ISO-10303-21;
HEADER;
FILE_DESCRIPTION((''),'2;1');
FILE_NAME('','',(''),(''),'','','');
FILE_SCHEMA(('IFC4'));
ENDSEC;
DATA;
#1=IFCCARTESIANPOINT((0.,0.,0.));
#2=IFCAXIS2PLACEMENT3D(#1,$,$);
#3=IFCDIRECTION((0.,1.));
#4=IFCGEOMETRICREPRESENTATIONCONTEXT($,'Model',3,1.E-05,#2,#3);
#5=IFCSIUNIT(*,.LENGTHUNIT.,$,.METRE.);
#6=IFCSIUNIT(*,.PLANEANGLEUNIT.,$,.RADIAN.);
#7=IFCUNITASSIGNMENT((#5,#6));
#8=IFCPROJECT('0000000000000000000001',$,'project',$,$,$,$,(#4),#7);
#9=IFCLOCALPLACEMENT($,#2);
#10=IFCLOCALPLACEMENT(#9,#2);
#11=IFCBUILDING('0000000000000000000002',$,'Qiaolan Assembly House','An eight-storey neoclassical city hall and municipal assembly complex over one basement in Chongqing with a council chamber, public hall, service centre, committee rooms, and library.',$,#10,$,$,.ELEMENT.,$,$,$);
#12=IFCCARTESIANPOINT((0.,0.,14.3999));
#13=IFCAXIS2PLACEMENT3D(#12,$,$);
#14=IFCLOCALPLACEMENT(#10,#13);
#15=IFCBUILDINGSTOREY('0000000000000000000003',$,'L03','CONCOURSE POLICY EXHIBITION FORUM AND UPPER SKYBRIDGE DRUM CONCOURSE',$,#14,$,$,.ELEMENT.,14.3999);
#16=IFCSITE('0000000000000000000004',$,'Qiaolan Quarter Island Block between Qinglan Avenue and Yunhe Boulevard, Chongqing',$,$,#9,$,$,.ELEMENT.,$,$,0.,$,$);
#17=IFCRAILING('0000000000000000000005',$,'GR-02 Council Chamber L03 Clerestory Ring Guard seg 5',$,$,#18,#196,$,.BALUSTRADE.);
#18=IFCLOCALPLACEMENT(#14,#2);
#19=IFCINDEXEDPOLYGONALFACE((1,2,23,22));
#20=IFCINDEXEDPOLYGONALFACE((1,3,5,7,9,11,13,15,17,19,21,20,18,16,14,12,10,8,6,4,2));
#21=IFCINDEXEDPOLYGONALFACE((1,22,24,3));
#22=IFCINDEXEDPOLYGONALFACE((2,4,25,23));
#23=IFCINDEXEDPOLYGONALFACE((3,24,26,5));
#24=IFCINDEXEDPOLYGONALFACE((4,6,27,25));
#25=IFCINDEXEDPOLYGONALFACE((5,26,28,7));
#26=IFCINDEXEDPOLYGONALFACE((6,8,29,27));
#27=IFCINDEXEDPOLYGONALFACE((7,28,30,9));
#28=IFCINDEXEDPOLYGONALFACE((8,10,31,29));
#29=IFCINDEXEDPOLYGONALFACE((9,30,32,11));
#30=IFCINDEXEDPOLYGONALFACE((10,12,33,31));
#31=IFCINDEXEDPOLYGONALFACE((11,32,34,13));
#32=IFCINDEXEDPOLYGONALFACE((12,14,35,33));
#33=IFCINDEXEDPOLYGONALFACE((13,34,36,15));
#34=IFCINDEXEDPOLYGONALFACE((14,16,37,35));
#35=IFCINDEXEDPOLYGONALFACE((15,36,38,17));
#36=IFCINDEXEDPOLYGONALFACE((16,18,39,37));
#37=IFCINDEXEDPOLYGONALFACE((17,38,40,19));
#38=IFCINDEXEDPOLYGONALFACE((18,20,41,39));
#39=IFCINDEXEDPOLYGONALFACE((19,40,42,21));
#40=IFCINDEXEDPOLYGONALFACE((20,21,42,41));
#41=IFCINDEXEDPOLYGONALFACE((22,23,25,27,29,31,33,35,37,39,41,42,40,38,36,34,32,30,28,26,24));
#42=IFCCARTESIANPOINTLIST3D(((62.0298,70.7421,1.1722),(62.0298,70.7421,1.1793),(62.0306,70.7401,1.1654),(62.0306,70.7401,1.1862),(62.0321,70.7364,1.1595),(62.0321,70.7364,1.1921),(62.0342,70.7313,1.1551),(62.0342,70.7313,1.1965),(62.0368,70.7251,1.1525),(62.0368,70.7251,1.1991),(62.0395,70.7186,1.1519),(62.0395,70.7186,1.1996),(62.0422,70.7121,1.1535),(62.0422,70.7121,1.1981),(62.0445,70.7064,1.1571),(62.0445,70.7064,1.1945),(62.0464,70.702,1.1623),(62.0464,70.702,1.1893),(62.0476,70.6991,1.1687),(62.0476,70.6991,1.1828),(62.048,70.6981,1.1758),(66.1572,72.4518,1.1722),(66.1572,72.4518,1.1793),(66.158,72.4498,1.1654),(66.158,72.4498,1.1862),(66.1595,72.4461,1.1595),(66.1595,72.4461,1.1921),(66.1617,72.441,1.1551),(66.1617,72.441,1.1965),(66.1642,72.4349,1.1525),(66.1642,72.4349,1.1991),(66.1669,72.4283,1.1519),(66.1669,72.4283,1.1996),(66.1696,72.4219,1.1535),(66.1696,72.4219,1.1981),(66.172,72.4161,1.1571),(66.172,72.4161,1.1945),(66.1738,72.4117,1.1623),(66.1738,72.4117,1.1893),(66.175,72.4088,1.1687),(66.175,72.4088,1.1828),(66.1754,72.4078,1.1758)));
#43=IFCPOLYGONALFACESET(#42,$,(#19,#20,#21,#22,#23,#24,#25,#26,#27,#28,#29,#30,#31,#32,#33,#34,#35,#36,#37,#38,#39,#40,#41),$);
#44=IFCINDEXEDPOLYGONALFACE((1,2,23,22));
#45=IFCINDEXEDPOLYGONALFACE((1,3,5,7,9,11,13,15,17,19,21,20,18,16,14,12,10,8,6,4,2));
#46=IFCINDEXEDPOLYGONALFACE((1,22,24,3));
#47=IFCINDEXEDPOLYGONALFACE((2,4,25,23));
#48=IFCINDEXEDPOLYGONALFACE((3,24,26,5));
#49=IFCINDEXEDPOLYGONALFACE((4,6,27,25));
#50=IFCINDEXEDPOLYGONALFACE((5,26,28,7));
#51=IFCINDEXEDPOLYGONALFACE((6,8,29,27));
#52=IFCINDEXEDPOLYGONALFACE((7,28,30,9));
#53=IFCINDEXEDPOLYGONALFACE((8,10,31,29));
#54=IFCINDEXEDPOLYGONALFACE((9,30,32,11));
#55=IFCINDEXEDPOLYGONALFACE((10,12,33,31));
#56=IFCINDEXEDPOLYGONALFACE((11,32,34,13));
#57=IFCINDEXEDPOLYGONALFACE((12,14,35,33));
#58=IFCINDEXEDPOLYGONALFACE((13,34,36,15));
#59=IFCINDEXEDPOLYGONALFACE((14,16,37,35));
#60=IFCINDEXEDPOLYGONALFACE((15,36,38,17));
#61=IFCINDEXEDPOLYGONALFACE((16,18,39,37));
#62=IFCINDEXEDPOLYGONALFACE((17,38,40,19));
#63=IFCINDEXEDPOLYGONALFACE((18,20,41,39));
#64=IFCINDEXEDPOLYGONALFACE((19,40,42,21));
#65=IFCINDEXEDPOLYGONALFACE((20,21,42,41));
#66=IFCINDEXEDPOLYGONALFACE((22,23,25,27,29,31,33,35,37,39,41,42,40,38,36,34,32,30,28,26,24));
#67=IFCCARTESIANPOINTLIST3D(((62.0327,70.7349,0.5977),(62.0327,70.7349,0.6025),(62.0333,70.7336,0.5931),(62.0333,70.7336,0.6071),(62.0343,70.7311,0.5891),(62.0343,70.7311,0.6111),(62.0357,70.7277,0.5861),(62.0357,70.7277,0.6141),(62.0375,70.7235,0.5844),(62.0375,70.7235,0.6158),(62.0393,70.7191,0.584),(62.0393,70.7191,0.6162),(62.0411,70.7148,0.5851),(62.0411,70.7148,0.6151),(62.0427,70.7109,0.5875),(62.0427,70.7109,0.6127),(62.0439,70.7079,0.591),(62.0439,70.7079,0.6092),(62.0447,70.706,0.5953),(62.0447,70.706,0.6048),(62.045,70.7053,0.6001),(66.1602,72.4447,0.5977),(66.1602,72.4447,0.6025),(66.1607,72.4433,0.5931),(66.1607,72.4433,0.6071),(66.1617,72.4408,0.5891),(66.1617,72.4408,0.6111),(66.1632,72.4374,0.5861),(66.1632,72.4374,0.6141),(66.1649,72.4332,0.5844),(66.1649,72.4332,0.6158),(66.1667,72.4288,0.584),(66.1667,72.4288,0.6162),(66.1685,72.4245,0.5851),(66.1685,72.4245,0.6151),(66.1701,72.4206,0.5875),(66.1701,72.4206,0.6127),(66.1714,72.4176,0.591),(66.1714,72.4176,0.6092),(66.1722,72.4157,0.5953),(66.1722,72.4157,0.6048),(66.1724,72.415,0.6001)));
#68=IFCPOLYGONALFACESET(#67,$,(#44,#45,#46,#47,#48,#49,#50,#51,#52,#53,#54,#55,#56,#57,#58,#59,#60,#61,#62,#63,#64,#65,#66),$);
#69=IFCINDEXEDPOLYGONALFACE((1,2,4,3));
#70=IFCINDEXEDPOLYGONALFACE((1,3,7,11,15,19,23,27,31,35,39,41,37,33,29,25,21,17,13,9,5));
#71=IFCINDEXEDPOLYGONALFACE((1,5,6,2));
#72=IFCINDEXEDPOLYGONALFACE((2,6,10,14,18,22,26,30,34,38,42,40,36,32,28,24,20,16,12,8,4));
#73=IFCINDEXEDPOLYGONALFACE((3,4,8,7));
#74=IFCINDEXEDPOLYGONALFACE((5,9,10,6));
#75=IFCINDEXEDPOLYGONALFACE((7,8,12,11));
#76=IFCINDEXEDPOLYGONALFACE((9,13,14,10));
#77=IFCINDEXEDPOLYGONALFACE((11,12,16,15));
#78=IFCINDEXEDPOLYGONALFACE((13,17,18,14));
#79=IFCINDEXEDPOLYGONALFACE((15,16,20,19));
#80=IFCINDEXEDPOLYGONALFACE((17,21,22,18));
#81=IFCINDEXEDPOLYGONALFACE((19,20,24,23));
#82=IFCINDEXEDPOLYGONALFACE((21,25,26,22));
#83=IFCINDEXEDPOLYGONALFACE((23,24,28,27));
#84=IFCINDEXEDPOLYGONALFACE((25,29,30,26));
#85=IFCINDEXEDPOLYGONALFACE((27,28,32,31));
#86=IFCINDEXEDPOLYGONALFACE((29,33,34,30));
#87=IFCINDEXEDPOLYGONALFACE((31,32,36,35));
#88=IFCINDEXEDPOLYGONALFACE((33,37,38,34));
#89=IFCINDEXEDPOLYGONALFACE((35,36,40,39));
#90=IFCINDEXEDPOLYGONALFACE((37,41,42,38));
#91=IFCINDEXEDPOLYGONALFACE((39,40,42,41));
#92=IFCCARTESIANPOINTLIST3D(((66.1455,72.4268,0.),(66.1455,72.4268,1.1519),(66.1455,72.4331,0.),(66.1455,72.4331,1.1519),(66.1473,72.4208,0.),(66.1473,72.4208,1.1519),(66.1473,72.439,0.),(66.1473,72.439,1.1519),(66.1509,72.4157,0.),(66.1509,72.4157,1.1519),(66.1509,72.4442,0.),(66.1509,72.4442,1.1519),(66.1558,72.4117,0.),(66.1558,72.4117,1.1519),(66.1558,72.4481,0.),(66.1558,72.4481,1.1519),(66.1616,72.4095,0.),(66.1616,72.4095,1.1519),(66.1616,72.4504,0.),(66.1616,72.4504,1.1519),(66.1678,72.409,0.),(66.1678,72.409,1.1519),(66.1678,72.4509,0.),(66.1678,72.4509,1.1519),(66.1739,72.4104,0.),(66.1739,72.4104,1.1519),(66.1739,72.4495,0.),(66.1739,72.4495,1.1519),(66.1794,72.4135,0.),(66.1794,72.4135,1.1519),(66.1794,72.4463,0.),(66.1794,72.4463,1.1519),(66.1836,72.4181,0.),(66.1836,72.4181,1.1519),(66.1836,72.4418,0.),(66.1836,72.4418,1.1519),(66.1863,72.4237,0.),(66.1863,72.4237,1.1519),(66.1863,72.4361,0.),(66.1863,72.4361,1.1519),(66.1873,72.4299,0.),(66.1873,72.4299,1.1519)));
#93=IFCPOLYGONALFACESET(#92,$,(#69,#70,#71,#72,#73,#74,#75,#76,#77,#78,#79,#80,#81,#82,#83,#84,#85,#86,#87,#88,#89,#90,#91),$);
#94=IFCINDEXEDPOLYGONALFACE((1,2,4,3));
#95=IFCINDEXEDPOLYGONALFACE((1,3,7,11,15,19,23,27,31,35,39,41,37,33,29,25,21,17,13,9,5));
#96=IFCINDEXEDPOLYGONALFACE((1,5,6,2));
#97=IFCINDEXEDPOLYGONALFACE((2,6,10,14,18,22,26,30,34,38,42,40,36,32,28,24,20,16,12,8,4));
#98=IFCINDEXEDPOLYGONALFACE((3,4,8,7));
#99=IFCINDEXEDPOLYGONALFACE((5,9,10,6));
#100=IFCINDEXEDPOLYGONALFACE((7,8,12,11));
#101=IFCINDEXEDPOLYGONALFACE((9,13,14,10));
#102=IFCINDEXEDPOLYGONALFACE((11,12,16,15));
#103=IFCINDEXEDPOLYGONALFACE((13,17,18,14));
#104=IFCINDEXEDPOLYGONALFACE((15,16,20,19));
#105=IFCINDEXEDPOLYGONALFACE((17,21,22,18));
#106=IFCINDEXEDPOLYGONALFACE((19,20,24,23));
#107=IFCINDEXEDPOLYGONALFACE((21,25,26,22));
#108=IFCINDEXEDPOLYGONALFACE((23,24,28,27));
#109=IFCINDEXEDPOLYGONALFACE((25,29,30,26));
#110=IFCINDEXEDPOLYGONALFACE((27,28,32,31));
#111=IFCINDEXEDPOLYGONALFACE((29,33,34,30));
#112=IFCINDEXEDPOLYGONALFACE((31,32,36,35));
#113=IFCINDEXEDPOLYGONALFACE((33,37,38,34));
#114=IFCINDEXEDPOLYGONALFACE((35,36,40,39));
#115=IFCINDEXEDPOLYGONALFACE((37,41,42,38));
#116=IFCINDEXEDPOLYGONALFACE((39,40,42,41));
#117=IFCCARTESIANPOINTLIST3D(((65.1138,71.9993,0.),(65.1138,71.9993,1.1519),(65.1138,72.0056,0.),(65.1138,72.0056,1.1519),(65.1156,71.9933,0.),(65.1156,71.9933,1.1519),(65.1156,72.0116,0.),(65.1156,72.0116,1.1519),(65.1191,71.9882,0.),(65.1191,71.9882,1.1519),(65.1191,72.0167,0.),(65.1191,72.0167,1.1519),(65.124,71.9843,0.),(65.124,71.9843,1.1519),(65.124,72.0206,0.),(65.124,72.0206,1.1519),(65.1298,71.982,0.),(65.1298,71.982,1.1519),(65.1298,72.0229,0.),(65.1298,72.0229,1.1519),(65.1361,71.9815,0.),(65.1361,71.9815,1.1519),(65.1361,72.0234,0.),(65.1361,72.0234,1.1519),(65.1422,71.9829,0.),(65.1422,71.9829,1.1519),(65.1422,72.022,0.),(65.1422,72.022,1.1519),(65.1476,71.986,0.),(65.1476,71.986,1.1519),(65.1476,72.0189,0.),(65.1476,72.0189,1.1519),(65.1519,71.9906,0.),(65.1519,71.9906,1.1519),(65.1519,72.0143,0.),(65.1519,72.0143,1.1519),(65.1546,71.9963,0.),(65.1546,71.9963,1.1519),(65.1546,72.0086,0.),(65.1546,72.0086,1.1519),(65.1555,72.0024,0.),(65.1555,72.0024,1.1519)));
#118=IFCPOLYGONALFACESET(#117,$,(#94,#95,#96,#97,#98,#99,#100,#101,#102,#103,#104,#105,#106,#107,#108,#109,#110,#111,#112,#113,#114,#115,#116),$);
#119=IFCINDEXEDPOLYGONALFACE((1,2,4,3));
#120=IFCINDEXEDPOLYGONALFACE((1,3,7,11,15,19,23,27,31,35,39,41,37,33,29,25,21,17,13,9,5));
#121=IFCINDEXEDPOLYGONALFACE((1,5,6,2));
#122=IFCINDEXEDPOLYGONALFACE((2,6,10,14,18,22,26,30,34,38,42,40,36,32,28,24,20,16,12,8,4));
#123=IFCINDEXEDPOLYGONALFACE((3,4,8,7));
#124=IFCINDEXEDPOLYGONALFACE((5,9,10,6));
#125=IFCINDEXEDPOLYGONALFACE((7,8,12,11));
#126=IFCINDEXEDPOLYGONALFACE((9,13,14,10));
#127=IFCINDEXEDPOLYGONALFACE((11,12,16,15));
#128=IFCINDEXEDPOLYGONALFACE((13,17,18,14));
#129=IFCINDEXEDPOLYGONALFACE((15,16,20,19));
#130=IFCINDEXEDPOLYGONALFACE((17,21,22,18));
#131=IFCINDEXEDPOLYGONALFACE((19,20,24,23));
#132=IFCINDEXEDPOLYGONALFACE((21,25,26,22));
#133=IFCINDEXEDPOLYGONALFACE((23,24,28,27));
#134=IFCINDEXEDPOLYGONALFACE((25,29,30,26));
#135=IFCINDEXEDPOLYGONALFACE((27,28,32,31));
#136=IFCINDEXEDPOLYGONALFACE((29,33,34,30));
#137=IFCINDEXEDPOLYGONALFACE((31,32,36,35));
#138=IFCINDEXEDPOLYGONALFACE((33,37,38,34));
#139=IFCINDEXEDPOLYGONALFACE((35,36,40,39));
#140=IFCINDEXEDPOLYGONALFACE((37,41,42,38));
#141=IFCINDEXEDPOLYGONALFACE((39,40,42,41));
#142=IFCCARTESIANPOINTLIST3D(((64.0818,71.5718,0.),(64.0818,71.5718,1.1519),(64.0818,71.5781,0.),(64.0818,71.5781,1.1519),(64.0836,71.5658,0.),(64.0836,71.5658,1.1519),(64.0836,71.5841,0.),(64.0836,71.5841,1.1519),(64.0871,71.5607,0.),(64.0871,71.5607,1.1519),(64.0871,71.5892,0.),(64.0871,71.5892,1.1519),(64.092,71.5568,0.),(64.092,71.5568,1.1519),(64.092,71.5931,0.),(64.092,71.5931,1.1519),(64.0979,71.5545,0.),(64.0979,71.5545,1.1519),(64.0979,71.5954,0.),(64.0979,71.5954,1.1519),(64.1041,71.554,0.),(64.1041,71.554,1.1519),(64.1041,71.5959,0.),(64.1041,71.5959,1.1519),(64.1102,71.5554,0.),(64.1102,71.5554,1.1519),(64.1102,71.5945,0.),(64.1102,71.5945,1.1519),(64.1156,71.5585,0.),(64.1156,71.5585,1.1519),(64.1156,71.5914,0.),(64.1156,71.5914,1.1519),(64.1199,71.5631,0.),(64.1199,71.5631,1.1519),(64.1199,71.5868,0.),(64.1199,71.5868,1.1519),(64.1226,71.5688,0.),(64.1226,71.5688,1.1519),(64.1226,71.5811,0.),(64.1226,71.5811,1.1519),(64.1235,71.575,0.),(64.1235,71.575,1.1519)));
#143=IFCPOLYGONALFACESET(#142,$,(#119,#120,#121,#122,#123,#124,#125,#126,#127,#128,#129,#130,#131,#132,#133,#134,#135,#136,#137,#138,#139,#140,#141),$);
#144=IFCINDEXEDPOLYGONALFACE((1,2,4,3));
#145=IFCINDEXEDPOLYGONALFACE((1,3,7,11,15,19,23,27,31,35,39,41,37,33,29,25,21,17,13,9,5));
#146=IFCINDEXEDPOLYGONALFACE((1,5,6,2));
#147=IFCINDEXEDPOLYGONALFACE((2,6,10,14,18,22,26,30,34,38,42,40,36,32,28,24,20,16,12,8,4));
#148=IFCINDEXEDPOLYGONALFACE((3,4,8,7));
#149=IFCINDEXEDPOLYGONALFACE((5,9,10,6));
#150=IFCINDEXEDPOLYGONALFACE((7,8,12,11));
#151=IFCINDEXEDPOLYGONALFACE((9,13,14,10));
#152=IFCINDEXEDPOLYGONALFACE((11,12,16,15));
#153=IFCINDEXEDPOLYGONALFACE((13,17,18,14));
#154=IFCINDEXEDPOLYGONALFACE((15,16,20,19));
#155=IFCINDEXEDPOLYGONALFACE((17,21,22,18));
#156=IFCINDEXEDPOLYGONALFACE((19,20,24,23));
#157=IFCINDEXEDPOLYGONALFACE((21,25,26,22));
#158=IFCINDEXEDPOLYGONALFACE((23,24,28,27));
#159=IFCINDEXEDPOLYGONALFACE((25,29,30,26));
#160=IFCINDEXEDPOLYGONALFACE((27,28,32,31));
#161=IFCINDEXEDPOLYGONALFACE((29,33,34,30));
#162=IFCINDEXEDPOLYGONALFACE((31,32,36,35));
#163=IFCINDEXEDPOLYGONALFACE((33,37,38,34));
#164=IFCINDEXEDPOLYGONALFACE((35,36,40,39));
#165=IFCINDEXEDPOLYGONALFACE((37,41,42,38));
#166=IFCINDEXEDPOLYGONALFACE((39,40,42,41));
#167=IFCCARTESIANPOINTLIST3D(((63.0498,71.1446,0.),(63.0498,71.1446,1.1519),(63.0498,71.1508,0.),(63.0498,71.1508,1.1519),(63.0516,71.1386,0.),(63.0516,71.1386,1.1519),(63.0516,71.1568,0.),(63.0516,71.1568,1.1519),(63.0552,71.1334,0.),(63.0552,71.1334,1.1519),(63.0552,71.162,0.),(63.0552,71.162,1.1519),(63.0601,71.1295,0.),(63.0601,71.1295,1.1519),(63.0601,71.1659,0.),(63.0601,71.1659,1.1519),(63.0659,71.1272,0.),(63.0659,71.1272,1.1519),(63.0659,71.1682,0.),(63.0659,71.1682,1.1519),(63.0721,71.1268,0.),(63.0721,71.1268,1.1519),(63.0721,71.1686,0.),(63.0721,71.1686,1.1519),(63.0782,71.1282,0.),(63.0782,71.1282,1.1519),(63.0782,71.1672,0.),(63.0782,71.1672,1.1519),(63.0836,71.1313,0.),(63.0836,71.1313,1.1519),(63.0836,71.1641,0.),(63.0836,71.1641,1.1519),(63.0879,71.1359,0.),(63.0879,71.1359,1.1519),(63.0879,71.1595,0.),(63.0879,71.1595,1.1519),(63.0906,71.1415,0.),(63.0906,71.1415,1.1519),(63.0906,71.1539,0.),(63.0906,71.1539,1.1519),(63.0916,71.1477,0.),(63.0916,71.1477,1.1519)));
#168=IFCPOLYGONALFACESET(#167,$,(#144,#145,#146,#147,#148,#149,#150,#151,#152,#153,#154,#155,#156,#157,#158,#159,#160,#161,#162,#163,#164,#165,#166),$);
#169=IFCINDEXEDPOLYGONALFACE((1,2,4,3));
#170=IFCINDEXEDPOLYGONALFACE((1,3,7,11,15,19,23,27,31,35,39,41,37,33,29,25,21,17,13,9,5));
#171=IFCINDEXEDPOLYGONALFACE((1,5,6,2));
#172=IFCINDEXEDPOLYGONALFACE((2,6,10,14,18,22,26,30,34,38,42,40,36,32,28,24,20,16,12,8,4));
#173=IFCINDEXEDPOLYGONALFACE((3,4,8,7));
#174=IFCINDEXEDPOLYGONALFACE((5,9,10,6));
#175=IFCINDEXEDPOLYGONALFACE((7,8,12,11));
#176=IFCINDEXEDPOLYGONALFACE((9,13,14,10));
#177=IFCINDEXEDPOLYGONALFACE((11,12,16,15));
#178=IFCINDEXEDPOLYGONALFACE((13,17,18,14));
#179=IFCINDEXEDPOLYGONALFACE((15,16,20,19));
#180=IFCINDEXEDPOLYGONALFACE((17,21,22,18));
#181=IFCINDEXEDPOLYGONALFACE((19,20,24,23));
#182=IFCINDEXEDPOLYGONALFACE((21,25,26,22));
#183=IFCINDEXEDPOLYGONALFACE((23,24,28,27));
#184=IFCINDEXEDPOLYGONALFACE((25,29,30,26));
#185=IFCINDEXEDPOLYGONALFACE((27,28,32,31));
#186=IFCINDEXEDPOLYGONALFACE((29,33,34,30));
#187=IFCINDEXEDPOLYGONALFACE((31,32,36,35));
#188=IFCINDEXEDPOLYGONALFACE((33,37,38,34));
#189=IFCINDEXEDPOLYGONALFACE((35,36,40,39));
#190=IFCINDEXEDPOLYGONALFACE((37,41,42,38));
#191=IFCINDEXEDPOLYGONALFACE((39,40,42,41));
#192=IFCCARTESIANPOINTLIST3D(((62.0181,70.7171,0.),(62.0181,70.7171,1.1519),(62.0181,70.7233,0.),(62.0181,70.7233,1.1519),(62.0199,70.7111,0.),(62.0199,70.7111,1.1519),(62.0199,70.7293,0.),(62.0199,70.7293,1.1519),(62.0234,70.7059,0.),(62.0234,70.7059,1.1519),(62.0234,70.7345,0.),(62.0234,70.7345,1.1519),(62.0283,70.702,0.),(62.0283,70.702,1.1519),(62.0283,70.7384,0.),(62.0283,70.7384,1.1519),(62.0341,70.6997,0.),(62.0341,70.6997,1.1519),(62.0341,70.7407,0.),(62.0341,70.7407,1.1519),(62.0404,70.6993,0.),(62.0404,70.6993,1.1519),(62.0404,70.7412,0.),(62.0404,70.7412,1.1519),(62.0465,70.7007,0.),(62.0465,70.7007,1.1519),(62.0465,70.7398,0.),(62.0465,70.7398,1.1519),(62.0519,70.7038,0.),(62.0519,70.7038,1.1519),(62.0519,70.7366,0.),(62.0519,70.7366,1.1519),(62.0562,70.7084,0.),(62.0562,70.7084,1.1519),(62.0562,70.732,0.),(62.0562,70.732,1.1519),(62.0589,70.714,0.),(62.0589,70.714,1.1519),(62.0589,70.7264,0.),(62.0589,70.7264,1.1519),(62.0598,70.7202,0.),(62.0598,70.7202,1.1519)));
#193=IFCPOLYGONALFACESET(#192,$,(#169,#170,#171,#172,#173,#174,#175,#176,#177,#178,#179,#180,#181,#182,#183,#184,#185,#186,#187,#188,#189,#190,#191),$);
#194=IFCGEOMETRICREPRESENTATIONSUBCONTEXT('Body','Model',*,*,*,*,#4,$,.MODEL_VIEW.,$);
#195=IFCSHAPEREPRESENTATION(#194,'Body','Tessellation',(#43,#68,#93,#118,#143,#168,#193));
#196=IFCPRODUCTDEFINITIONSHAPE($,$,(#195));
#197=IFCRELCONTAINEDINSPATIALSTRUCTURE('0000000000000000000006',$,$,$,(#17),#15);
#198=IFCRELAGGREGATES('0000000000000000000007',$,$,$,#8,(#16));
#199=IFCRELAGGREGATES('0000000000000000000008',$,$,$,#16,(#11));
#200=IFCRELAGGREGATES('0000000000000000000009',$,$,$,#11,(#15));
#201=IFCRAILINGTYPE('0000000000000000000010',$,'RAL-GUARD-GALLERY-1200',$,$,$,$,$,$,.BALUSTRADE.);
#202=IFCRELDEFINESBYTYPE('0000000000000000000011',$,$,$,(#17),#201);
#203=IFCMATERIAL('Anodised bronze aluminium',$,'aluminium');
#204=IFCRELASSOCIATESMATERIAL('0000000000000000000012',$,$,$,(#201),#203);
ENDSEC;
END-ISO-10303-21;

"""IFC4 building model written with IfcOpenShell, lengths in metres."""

from ifc_helpers import new_model, si_unit, direction, frame, origin, origin_2d, place, context, subcontext, project, spatial, circle, extrude, material, type_object, element, save


model = new_model("IFC4")

# Units and contexts
model_context = context("Model", 3, precision=1e-05, world=origin(), true_north=direction((0.0, 1.0)))
body_context = subcontext(model_context, "Body", "Model", "MODEL_VIEW")
ifc_project = project(units=[si_unit("LENGTHUNIT", "METRE"), si_unit("PLANEANGLEUNIT", "RADIAN")], contexts=[model_context])

# Site, building, storey
site_placement = place(None, origin())
site = spatial("IfcSite", under=ifc_project, at=site_placement, Name="Qiaolan Quarter Island Block between Qinglan Avenue and Yunhe Boulevard, Chongqing", CompositionType="ELEMENT", RefElevation=0.0)
building_placement = place(site_placement, origin())
building = spatial("IfcBuilding", under=site, at=building_placement, Name="Qiaolan Assembly House", Description="An eight-storey neoclassical city hall and municipal assembly complex over one basement in Chongqing with a council chamber, public hall, service centre, committee rooms, and library.", CompositionType="ELEMENT")
storey_placement = place(building_placement, frame((0.0, 0.0, 14.3999)))
storey = spatial("IfcBuildingStorey", under=building, at=storey_placement, Name="L03", Description="CONCOURSE POLICY EXHIBITION FORUM AND UPPER SKYBRIDGE DRUM CONCOURSE", CompositionType="ELEMENT", Elevation=14.3999)

# Shared definitions
ifc_material_1 = material(Name="Anodised bronze aluminium", Category="aluminium")

# Railing
railing_type = type_object("IfcRailingType", Name="RAL-GUARD-GALLERY-1200", PredefinedType="BALUSTRADE", material=ifc_material_1)
railing_1_placement = place(storey_placement, frame((66.1663, 72.4299, 0.0)))
element("IfcRailing", 1, at=railing_1_placement, inside=storey, type_object=railing_type, Name="GR-02 Council Chamber L03 Clerestory Ring Guard seg 5", PredefinedType="BALUSTRADE", context=body_context, shape_type="SweptSolid", body=[
    extrude(circle(Radius=0.0239, at=origin_2d()), frame((0.0, 0.0, 1.1758), z_axis=(-0.923874, -0.382698, 0.0), x_axis=(0.382698, -0.923874, 0.0)), (0.0, 0.0, 1.0), 4.4675),
    extrude(circle(Radius=0.0161, at=origin_2d()), frame((0.0, 0.0, 0.6001), z_axis=(-0.923874, -0.382698, 0.0), x_axis=(0.382698, -0.923874, 0.0)), (0.0, 0.0, 1.0), 4.4675),
    extrude(circle(Radius=0.021, at=origin_2d()), origin(), (0.0, 0.0, 1.0), 1.1519),
    extrude(circle(Radius=0.021, at=origin_2d()), frame((-1.0317, -0.4275, 0.0)), (0.0, 0.0, 1.0), 1.1519),
    extrude(circle(Radius=0.021, at=origin_2d()), frame((-2.0637, -0.855, 0.0)), (0.0, 0.0, 1.0), 1.1519),
    extrude(circle(Radius=0.021, at=origin_2d()), frame((-3.0957, -1.2822, 0.0)), (0.0, 0.0, 1.0), 1.1519),
    extrude(circle(Radius=0.021, at=origin_2d()), frame((-4.1274, -1.7097, 0.0)), (0.0, 0.0, 1.0), 1.1519),
])

save(model, "model.ifc")
